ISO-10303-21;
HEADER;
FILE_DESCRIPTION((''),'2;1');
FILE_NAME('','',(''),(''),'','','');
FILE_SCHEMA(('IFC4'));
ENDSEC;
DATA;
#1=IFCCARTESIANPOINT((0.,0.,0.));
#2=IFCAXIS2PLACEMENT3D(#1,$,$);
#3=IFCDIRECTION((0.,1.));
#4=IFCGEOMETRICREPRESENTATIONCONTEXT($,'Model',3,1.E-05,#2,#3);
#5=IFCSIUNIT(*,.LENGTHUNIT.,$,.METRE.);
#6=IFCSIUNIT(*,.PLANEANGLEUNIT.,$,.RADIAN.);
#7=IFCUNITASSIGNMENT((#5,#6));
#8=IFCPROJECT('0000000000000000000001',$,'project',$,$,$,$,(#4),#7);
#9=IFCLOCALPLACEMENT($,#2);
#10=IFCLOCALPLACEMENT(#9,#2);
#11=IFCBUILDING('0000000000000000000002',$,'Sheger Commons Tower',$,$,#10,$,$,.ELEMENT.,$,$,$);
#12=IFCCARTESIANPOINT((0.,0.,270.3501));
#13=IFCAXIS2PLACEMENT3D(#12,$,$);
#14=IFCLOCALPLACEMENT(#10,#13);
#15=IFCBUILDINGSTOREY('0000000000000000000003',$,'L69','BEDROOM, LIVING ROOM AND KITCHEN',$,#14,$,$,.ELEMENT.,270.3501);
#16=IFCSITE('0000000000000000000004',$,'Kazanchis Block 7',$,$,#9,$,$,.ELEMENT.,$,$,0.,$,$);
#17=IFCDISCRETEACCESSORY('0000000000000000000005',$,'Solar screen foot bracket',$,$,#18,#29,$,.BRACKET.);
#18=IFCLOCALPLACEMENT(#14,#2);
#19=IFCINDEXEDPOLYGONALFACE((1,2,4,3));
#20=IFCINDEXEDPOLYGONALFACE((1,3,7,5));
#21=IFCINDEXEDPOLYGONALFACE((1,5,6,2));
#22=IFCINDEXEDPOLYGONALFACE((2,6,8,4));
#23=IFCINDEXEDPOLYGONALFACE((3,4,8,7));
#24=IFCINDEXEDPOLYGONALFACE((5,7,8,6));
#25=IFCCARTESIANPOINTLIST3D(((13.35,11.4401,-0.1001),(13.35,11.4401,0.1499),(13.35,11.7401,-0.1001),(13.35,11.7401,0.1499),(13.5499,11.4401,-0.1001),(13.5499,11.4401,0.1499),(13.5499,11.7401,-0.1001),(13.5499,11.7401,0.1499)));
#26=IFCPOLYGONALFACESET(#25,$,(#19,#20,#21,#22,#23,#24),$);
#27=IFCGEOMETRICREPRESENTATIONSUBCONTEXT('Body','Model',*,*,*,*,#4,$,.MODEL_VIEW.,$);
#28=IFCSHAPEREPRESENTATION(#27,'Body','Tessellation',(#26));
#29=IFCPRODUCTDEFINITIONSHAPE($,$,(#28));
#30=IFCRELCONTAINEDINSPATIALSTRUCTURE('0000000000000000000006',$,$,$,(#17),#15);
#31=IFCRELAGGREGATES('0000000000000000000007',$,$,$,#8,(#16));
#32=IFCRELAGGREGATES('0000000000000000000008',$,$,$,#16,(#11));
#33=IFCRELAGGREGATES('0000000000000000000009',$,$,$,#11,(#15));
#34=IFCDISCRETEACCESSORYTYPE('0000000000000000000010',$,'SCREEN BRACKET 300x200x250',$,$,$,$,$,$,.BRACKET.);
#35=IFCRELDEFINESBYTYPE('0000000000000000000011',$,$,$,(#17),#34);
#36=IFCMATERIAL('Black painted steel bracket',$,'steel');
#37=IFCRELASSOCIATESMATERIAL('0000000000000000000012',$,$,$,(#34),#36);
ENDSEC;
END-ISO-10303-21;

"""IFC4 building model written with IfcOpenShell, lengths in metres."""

from ifc_helpers import new_model, si_unit, direction, frame, origin, origin_2d, place, context, subcontext, project, spatial, rectangle, extrude, material, type_object, element, save


model = new_model("IFC4")

# Units and contexts
model_context = context("Model", 3, precision=1e-05, world=origin(), true_north=direction((0.0, 1.0)))
body_context = subcontext(model_context, "Body", "Model", "MODEL_VIEW")
ifc_project = project(units=[si_unit("LENGTHUNIT", "METRE"), si_unit("PLANEANGLEUNIT", "RADIAN")], contexts=[model_context])

# Site, building, storey
site_placement = place(None, origin())
site = spatial("IfcSite", under=ifc_project, at=site_placement, Name="Kazanchis Block 7", CompositionType="ELEMENT", RefElevation=0.0)
building_placement = place(site_placement, origin())
building = spatial("IfcBuilding", under=site, at=building_placement, Name="Sheger Commons Tower", CompositionType="ELEMENT")
storey_placement = place(building_placement, frame((0.0, 0.0, 270.3501)))
storey = spatial("IfcBuildingStorey", under=building, at=storey_placement, Name="L69", Description="BEDROOM, LIVING ROOM AND KITCHEN", CompositionType="ELEMENT", Elevation=270.3501)

# Discrete accessory
ifc_material_1 = material(Name="Black painted steel bracket", Category="steel")
discrete_accessory_type = type_object("IfcDiscreteAccessoryType", Name="SCREEN BRACKET 300x200x250", PredefinedType="BRACKET", material=ifc_material_1)
discrete_accessory_placement = place(storey_placement, frame((13.45, 11.5901, -0.1001), z_axis=(0.0, 0.0, 1.0), x_axis=(0.0, -1.0, 0.0)))
element("IfcDiscreteAccessory", 1, at=discrete_accessory_placement, inside=storey, type_object=discrete_accessory_type, Name="Solar screen foot bracket", PredefinedType="BRACKET", context=body_context, shape_type="SweptSolid", body=[
    extrude(rectangle(XDim=0.3, YDim=0.2, at=origin_2d()), origin(), (0.0, 0.0, 1.0), 0.25),
])

save(model, "model.ifc")
